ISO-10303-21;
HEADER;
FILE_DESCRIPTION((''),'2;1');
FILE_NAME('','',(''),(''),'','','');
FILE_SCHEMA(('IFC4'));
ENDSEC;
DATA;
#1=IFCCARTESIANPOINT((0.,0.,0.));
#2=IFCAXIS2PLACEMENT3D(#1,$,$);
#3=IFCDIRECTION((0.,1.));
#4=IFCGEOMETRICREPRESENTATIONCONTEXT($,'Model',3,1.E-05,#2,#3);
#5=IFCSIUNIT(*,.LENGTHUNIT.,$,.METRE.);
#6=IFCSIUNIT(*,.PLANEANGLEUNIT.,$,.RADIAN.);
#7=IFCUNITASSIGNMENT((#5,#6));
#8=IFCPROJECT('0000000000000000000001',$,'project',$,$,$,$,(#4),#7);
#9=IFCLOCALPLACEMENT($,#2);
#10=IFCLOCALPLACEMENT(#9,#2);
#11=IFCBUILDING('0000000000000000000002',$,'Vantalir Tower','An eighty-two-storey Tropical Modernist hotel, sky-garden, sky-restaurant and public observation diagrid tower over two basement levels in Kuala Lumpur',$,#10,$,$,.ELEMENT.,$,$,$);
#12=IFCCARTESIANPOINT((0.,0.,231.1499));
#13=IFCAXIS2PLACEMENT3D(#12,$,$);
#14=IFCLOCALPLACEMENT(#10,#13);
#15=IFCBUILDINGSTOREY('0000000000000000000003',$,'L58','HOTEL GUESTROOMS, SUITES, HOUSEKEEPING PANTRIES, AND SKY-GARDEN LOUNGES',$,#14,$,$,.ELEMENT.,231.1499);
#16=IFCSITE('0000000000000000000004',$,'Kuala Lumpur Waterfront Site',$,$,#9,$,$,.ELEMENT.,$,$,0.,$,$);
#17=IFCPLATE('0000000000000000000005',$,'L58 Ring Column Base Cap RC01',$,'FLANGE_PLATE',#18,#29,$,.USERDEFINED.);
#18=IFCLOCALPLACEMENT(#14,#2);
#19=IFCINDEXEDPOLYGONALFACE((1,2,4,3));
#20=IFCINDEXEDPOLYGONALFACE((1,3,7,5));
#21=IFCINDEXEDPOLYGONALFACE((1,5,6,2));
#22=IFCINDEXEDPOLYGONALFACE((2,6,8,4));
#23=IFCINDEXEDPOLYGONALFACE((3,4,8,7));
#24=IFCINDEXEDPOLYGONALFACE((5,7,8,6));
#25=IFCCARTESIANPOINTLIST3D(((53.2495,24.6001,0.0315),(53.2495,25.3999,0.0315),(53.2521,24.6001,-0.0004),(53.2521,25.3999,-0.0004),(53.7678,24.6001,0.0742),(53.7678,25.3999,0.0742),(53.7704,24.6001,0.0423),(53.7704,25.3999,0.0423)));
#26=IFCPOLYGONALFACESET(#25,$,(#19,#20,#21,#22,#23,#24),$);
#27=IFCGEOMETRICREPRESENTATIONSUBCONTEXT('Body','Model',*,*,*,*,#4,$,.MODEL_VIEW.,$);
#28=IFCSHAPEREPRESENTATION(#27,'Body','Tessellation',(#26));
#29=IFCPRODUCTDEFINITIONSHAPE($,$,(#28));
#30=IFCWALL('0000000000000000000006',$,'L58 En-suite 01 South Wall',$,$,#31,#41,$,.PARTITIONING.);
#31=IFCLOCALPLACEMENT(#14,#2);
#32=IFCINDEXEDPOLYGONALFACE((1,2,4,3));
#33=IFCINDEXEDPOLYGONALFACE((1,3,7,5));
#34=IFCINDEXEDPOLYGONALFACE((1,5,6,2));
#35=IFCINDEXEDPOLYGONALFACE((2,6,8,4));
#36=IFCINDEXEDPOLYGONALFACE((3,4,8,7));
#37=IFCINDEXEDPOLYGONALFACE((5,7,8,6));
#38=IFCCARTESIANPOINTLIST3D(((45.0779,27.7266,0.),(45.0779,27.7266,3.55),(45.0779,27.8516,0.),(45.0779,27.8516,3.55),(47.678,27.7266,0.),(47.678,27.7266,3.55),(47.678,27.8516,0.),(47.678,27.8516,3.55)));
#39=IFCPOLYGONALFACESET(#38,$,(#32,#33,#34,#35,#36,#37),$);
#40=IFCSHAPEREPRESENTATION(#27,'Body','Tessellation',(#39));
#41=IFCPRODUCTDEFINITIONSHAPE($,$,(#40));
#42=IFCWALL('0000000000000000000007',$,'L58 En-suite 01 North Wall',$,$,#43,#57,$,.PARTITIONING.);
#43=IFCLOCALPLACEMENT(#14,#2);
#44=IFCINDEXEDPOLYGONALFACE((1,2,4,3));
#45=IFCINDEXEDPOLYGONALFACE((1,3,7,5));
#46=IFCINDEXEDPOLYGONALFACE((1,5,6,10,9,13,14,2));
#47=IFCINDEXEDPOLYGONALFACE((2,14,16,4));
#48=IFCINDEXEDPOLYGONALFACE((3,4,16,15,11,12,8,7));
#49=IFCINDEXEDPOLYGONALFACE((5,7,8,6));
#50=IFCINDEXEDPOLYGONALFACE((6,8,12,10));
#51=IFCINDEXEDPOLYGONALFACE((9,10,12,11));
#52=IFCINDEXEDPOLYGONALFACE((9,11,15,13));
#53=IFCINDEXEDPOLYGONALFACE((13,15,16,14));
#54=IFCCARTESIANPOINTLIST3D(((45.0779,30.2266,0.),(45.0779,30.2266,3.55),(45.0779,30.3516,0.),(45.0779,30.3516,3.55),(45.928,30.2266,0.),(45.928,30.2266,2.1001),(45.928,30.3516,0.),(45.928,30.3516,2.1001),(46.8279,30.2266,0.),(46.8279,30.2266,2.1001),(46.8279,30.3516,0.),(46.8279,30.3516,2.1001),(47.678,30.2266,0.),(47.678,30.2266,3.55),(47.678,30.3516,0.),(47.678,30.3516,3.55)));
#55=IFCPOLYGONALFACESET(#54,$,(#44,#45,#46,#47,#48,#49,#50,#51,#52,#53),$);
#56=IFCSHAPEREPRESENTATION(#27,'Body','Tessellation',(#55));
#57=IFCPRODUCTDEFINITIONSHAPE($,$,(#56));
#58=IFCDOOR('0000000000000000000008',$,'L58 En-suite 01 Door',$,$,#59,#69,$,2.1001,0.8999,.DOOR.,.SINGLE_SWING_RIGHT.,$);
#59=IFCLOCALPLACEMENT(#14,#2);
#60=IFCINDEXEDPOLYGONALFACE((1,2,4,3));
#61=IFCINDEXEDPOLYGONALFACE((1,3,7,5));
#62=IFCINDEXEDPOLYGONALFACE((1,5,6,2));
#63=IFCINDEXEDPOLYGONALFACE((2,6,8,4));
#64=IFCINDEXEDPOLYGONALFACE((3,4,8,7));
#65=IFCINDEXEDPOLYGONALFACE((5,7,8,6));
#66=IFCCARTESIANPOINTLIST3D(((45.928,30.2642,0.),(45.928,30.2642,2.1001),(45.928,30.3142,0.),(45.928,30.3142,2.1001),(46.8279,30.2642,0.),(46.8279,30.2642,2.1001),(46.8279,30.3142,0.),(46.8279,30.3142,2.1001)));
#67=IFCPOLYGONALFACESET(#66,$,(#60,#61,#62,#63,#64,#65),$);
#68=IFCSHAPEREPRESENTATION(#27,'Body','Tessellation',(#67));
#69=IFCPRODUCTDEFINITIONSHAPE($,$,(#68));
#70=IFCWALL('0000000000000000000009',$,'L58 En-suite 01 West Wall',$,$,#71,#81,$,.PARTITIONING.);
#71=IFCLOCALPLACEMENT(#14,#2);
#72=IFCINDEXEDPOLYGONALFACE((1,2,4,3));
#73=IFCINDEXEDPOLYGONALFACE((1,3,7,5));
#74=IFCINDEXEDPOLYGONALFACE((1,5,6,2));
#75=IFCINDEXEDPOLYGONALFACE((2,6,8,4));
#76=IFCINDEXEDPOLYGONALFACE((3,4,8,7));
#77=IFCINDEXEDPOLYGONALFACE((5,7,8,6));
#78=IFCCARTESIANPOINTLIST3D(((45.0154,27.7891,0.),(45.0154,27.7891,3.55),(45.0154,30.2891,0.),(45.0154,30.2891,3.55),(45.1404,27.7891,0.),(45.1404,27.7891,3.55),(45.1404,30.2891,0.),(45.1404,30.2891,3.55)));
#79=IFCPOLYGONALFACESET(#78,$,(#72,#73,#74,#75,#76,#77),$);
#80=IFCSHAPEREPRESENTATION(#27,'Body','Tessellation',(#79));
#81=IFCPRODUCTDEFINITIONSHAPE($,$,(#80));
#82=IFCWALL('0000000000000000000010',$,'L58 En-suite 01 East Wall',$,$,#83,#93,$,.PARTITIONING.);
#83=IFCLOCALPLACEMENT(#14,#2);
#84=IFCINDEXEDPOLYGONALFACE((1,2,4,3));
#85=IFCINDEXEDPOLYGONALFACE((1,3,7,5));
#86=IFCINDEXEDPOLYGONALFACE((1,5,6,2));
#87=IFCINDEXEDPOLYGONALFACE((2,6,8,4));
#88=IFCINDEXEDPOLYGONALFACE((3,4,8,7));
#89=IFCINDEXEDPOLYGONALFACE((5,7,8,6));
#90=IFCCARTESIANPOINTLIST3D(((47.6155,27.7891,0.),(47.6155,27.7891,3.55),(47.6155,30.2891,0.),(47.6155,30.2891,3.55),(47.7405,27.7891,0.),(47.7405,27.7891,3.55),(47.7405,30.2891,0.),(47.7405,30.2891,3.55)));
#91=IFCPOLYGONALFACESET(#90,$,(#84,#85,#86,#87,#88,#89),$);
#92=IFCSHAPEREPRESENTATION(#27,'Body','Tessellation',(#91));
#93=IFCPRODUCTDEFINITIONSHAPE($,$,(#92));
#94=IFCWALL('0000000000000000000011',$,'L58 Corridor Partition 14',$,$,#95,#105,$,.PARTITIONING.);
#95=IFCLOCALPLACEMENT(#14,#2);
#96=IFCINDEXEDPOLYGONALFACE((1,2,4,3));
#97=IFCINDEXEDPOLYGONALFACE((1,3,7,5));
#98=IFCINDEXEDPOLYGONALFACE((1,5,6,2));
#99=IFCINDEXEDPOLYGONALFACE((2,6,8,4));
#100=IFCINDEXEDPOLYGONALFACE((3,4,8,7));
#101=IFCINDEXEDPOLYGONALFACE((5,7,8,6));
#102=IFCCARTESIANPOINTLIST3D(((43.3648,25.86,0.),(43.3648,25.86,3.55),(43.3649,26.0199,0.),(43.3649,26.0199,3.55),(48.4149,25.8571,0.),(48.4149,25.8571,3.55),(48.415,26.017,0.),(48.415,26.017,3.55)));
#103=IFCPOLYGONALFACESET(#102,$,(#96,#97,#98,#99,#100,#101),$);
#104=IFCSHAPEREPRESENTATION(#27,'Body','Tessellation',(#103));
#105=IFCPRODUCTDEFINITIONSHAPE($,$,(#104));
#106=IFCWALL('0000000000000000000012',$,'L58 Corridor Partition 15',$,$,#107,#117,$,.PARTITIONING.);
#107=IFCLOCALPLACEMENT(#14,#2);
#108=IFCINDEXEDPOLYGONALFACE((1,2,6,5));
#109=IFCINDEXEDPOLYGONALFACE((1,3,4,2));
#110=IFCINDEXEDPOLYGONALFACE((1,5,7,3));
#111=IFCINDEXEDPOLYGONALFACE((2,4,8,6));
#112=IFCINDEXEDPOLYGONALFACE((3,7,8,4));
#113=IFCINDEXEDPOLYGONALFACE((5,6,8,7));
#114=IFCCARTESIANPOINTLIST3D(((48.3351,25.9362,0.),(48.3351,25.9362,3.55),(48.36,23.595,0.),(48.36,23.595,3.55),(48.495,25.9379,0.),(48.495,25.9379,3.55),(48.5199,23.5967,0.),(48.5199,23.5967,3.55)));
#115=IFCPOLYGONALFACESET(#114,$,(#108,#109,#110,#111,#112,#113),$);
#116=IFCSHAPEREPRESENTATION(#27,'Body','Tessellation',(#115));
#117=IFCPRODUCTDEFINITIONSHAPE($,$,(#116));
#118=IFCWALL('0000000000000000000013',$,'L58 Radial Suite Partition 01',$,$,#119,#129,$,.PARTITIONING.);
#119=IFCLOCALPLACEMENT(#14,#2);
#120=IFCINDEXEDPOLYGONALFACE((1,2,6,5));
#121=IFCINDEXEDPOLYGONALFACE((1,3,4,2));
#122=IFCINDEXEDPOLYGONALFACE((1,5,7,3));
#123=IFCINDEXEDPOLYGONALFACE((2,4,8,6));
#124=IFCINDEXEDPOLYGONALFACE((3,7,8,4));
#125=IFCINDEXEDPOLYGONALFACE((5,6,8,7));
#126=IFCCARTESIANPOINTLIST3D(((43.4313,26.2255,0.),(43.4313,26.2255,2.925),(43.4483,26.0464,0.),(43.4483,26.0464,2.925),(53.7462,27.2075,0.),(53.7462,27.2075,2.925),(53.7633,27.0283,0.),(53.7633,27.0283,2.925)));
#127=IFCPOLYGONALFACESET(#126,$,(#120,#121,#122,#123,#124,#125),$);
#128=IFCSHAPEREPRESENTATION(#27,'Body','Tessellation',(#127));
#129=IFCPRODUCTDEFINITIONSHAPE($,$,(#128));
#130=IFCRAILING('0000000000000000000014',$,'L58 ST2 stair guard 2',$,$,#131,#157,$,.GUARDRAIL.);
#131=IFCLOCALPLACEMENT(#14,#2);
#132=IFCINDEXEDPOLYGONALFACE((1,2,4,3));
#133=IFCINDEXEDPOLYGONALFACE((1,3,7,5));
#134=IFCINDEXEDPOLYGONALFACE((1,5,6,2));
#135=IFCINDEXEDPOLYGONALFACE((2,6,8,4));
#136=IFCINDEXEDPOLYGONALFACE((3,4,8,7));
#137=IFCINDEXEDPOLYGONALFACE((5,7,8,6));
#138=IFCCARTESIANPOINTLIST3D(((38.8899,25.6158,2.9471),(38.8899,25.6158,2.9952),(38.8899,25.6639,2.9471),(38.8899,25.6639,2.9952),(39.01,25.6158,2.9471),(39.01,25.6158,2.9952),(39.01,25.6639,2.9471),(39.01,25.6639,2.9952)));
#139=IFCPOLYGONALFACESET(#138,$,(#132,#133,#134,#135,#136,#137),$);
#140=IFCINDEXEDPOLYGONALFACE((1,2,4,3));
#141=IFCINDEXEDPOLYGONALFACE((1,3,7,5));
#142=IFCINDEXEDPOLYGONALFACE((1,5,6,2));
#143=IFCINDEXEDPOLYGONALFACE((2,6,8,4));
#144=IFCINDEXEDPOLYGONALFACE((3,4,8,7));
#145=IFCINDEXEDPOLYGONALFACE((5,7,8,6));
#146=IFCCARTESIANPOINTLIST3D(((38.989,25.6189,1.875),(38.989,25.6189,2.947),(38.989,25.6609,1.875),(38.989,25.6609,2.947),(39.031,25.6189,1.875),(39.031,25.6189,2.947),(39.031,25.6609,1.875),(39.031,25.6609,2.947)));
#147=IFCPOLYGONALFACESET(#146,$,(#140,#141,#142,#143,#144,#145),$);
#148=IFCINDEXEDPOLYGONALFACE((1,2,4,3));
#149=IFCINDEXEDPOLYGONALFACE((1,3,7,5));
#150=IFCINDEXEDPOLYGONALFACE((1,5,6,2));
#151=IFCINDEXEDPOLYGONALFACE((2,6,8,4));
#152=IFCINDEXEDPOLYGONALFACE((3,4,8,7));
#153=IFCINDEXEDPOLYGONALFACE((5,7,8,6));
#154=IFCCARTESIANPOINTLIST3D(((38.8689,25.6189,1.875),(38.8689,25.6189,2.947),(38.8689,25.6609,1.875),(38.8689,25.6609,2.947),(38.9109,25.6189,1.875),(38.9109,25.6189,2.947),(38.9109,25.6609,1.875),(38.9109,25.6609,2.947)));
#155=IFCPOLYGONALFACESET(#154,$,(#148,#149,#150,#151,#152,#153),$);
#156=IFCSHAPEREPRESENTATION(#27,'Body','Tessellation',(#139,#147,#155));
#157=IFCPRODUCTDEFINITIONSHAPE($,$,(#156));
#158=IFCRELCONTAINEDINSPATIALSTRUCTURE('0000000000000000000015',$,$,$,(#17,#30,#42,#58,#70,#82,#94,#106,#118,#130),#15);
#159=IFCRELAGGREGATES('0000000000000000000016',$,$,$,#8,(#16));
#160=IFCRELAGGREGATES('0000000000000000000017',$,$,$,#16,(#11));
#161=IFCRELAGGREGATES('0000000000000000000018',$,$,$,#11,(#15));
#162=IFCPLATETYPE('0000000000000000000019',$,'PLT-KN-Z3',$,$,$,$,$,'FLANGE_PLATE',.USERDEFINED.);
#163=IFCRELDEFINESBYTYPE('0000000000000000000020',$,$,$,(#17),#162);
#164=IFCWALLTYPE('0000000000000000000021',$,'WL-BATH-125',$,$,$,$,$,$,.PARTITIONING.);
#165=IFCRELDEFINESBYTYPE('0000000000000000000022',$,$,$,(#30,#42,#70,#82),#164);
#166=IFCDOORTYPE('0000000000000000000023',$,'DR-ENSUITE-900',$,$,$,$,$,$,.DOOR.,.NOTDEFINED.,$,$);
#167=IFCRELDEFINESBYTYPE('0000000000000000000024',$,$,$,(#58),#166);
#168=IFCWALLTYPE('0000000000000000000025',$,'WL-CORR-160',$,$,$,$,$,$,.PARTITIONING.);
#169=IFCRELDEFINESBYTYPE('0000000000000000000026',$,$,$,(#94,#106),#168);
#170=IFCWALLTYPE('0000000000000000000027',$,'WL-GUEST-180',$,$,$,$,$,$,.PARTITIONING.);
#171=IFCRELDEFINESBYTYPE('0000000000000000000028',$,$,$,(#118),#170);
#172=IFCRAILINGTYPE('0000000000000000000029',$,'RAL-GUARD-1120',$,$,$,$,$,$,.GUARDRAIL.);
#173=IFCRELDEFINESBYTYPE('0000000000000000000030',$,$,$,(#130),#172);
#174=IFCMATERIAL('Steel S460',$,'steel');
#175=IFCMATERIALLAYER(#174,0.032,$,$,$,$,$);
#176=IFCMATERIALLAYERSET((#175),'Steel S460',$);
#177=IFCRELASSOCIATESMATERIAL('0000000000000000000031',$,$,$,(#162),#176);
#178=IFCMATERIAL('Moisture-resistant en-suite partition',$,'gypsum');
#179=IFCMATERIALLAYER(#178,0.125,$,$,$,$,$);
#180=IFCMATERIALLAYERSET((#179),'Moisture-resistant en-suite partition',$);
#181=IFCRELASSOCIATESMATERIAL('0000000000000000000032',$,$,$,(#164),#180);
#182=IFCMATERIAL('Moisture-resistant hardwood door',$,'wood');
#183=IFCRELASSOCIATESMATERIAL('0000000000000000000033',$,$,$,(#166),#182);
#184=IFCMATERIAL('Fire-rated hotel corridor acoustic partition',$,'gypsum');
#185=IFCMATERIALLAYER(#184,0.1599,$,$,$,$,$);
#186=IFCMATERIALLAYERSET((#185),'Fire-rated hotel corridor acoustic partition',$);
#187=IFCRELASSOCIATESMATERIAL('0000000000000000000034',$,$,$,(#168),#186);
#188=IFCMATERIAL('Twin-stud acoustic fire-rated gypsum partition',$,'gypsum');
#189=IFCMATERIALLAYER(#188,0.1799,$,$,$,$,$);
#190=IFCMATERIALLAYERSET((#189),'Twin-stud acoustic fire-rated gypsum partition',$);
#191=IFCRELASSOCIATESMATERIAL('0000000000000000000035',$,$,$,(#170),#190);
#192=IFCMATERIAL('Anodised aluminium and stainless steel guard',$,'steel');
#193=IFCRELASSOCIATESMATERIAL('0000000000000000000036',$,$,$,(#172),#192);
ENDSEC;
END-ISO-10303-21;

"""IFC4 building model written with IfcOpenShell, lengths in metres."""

from ifc_helpers import new_model, si_unit, direction, frame, frame_2d, origin, origin_2d, place, context, subcontext, project, spatial, polyline, rectangle, outline, extrude, material, layer, layer_set, type_object, element, fill, save


model = new_model("IFC4")

# Units and contexts
model_context = context("Model", 3, precision=1e-05, world=origin(), true_north=direction((0.0, 1.0)))
body_context = subcontext(model_context, "Body", "Model", "MODEL_VIEW")
ifc_project = project(units=[si_unit("LENGTHUNIT", "METRE"), si_unit("PLANEANGLEUNIT", "RADIAN")], contexts=[model_context])

# Site, building, storey
site_placement = place(None, origin())
site = spatial("IfcSite", under=ifc_project, at=site_placement, Name="Kuala Lumpur Waterfront Site", CompositionType="ELEMENT", RefElevation=0.0)
building_placement = place(site_placement, origin())
building = spatial("IfcBuilding", under=site, at=building_placement, Name="Vantalir Tower", Description="An eighty-two-storey Tropical Modernist hotel, sky-garden, sky-restaurant and public observation diagrid tower over two basement levels in Kuala Lumpur", CompositionType="ELEMENT")
storey_placement = place(building_placement, frame((0.0, 0.0, 231.1499)))
storey = spatial("IfcBuildingStorey", under=building, at=storey_placement, Name="L58", Description="HOTEL GUESTROOMS, SUITES, HOUSEKEEPING PANTRIES, AND SKY-GARDEN LOUNGES", CompositionType="ELEMENT", Elevation=231.1499)

# Shared definitions
ifc_material_1 = material(Name="Steel S460", Category="steel")

# Plate
ifc_layer_1 = layer(ifc_material_1, 0.032)
ifc_layer_set_1 = layer_set([ifc_layer_1], Name="Steel S460")
plate_type_1 = type_object("IfcPlateType", Name="PLT-KN-Z3", ElementType="FLANGE_PLATE", PredefinedType="USERDEFINED", material=ifc_layer_set_1)
plate_1_placement = place(storey_placement, frame((53.2495, 25.3999, 0.0315), z_axis=(-0.082152, 0.0, 0.99662), x_axis=(0.0, -1.0, 0.0)))
element("IfcPlate", 1, at=plate_1_placement, inside=storey, type_object=plate_type_1, Name="L58 Ring Column Base Cap RC01", ObjectType="FLANGE_PLATE", PredefinedType="USERDEFINED", context=body_context, shape_type="SweptSolid", body=[
    extrude(outline(polyline([(0.0, 0.0), (0.7998, 0.0), (0.7998, 0.5201), (0.0, 0.5201), (0.0, 0.0)])), origin(), (0.0, 0.0, -1.0), 0.032),
])

# Wall
ifc_material_2 = material(Name="Moisture-resistant en-suite partition", Category="gypsum")
ifc_layer_2 = layer(ifc_material_2, 0.125)
ifc_layer_set_2 = layer_set([ifc_layer_2], Name="Moisture-resistant en-suite partition")
wall_type_1 = type_object("IfcWallType", Name="WL-BATH-125", PredefinedType="PARTITIONING", material=ifc_layer_set_2)
wall_1_placement = place(storey_placement, frame((45.0779, 27.7891, 0.0), z_axis=(0.0, 0.0, 1.0), x_axis=(1.0, 0.0, 0.0)))
element("IfcWall", 2, at=wall_1_placement, inside=storey, type_object=wall_type_1, Name="L58 En-suite 01 South Wall", PredefinedType="PARTITIONING", context=body_context, shape_type="SweptSolid", body=[
    extrude(rectangle(XDim=2.6001, YDim=0.125, at=frame_2d((1.3, 0.0))), origin(), (0.0, 0.0, 1.0), 3.55),
])

# Wall, opening, door
wall_2_placement = place(storey_placement, frame((45.0779, 30.2891, 0.0), z_axis=(0.0, 0.0, 1.0), x_axis=(1.0, 0.0, 0.0)))
wall_2 = element("IfcWall", 3, at=wall_2_placement, inside=storey, type_object=wall_type_1, Name="L58 En-suite 01 North Wall", PredefinedType="PARTITIONING", context=body_context, shape_type="SweptSolid", body=[
    extrude(rectangle(XDim=2.6001, YDim=0.125, at=frame_2d((1.3, 0.0))), origin(), (0.0, 0.0, 1.0), 3.55),
])
opening_placement = place(wall_2_placement, frame((0.8501, 0.0, 0.0)))
opening = element("IfcOpeningElement", 4, at=opening_placement, cuts=wall_2, PredefinedType="OPENING", context=body_context, shape_type="SweptSolid", body=[
    extrude(rectangle(XDim=0.8999, YDim=2.1001, at=frame_2d((0.45, 1.05))), frame((0.0, 0.0725, 0.0), z_axis=(0.0, -1.0, 0.0), x_axis=(1.0, 0.0, 0.0)), (0.0, 0.0, 1.0), 0.145),
])
ifc_material_3 = material(Name="Moisture-resistant hardwood door", Category="wood")
door_type = type_object("IfcDoorType", Name="DR-ENSUITE-900", OperationType="NOTDEFINED", PredefinedType="DOOR", material=ifc_material_3)
door_placement = place(opening_placement, frame((0.8999, 0.0, 0.0), z_axis=(0.0, 0.0, 1.0), x_axis=(-1.0, 0.0, 0.0)))
door = element("IfcDoor", 5, at=door_placement, inside=storey, type_object=door_type, Name="L58 En-suite 01 Door", OperationType="SINGLE_SWING_RIGHT", OverallHeight=2.1001, OverallWidth=0.8999, PredefinedType="DOOR", context=body_context, shape_type="SweptSolid", body=[
    extrude(rectangle(XDim=0.8999, YDim=2.1001, at=frame_2d((0.45, 1.05))), frame((0.0, 0.0249, 0.0), z_axis=(0.0, -1.0, 0.0), x_axis=(1.0, 0.0, 0.0)), (0.0, 0.0, 1.0), 0.05),
])
fill(opening, door)

# Walls
for number, where, z_axis, x_axis, name in (
    (6, (45.0779, 27.7891, 0.0), (0.0, 0.0, 1.0), (0.0, 1.0, 0.0), "L58 En-suite 01 West Wall"),
    (7, (47.678, 27.7891, 0.0), (0.0, 0.0, 1.0), (0.0, 1.0, 0.0), "L58 En-suite 01 East Wall"),
):
    element("IfcWall", number, at=place(storey_placement, frame(where, z_axis=z_axis, x_axis=x_axis)), inside=storey, type_object=wall_type_1, Name=name, PredefinedType="PARTITIONING", context=body_context, shape_type="SweptSolid", body=[
        extrude(rectangle(XDim=2.5, YDim=0.125, at=frame_2d((1.25, 0.0))), origin(), (0.0, 0.0, 1.0), 3.55),
    ])
ifc_material_4 = material(Name="Fire-rated hotel corridor acoustic partition", Category="gypsum")
ifc_layer_3 = layer(ifc_material_4, 0.1599)
ifc_layer_set_3 = layer_set([ifc_layer_3], Name="Fire-rated hotel corridor acoustic partition")
wall_type_2 = type_object("IfcWallType", Name="WL-CORR-160", PredefinedType="PARTITIONING", material=ifc_layer_set_3)
wall_3_placement = place(storey_placement, frame((43.365, 25.9399, 0.0), z_axis=(0.0, 0.0, 1.0), x_axis=(1.0, -0.00058, 0.0)))
element("IfcWall", 8, at=wall_3_placement, inside=storey, type_object=wall_type_2, Name="L58 Corridor Partition 14", PredefinedType="PARTITIONING", context=body_context, shape_type="SweptSolid", body=[
    extrude(rectangle(XDim=5.05, YDim=0.1599, at=frame_2d((2.5249, 0.0))), origin(), (0.0, 0.0, 1.0), 3.55),
])
wall_4_placement = place(storey_placement, frame((48.415, 25.937, 0.0), z_axis=(0.0, 0.0, 1.0), x_axis=(0.010637, -0.999943, 0.0)))
element("IfcWall", 9, at=wall_4_placement, inside=storey, type_object=wall_type_2, Name="L58 Corridor Partition 15", PredefinedType="PARTITIONING", context=body_context, shape_type="SweptSolid", body=[
    extrude(rectangle(XDim=2.3413, YDim=0.1599, at=frame_2d((1.1707, 0.0))), origin(), (0.0, 0.0, 1.0), 3.55),
])
ifc_material_5 = material(Name="Twin-stud acoustic fire-rated gypsum partition", Category="gypsum")
ifc_layer_4 = layer(ifc_material_5, 0.1799)
ifc_layer_set_4 = layer_set([ifc_layer_4], Name="Twin-stud acoustic fire-rated gypsum partition")
wall_type_3 = type_object("IfcWallType", Name="WL-GUEST-180", PredefinedType="PARTITIONING", material=ifc_layer_set_4)
wall_5_placement = place(storey_placement, frame((43.4399, 26.136, 0.0), z_axis=(0.0, 0.0, 1.0), x_axis=(0.995499, 0.094767, 0.0)))
element("IfcWall", 10, at=wall_5_placement, inside=storey, type_object=wall_type_3, Name="L58 Radial Suite Partition 01", PredefinedType="PARTITIONING", context=body_context, shape_type="SweptSolid", body=[
    extrude(rectangle(XDim=10.3616, YDim=0.1799, at=frame_2d((5.1807, 0.0))), origin(), (0.0, 0.0, 1.0), 2.925),
])

# Railing
ifc_material_6 = material(Name="Anodised aluminium and stainless steel guard", Category="steel")
railing_type = type_object("IfcRailingType", Name="RAL-GUARD-1120", PredefinedType="GUARDRAIL", material=ifc_material_6)
railing_placement = place(storey_placement, frame((39.01, 25.6399, 1.875)))
element("IfcRailing", 11, at=railing_placement, inside=storey, type_object=railing_type, Name="L58 ST2 stair guard 2", PredefinedType="GUARDRAIL", context=body_context, shape_type="SweptSolid", body=[
    extrude(rectangle(XDim=0.0481, YDim=0.0481, at=origin_2d()), frame((0.0, 0.0, 1.0962), z_axis=(-1.0, 0.0, 0.0), x_axis=(0.0, -1.0, 0.0)), (0.0, 0.0, 1.0), 0.1201),
    extrude(rectangle(XDim=0.042, YDim=0.042, at=origin_2d()), origin(), (0.0, 0.0, 1.0), 1.072),
    extrude(rectangle(XDim=0.042, YDim=0.042, at=origin_2d()), frame((-0.1201, 0.0, 0.0)), (0.0, 0.0, 1.0), 1.072),
])

save(model, "model.ifc")
